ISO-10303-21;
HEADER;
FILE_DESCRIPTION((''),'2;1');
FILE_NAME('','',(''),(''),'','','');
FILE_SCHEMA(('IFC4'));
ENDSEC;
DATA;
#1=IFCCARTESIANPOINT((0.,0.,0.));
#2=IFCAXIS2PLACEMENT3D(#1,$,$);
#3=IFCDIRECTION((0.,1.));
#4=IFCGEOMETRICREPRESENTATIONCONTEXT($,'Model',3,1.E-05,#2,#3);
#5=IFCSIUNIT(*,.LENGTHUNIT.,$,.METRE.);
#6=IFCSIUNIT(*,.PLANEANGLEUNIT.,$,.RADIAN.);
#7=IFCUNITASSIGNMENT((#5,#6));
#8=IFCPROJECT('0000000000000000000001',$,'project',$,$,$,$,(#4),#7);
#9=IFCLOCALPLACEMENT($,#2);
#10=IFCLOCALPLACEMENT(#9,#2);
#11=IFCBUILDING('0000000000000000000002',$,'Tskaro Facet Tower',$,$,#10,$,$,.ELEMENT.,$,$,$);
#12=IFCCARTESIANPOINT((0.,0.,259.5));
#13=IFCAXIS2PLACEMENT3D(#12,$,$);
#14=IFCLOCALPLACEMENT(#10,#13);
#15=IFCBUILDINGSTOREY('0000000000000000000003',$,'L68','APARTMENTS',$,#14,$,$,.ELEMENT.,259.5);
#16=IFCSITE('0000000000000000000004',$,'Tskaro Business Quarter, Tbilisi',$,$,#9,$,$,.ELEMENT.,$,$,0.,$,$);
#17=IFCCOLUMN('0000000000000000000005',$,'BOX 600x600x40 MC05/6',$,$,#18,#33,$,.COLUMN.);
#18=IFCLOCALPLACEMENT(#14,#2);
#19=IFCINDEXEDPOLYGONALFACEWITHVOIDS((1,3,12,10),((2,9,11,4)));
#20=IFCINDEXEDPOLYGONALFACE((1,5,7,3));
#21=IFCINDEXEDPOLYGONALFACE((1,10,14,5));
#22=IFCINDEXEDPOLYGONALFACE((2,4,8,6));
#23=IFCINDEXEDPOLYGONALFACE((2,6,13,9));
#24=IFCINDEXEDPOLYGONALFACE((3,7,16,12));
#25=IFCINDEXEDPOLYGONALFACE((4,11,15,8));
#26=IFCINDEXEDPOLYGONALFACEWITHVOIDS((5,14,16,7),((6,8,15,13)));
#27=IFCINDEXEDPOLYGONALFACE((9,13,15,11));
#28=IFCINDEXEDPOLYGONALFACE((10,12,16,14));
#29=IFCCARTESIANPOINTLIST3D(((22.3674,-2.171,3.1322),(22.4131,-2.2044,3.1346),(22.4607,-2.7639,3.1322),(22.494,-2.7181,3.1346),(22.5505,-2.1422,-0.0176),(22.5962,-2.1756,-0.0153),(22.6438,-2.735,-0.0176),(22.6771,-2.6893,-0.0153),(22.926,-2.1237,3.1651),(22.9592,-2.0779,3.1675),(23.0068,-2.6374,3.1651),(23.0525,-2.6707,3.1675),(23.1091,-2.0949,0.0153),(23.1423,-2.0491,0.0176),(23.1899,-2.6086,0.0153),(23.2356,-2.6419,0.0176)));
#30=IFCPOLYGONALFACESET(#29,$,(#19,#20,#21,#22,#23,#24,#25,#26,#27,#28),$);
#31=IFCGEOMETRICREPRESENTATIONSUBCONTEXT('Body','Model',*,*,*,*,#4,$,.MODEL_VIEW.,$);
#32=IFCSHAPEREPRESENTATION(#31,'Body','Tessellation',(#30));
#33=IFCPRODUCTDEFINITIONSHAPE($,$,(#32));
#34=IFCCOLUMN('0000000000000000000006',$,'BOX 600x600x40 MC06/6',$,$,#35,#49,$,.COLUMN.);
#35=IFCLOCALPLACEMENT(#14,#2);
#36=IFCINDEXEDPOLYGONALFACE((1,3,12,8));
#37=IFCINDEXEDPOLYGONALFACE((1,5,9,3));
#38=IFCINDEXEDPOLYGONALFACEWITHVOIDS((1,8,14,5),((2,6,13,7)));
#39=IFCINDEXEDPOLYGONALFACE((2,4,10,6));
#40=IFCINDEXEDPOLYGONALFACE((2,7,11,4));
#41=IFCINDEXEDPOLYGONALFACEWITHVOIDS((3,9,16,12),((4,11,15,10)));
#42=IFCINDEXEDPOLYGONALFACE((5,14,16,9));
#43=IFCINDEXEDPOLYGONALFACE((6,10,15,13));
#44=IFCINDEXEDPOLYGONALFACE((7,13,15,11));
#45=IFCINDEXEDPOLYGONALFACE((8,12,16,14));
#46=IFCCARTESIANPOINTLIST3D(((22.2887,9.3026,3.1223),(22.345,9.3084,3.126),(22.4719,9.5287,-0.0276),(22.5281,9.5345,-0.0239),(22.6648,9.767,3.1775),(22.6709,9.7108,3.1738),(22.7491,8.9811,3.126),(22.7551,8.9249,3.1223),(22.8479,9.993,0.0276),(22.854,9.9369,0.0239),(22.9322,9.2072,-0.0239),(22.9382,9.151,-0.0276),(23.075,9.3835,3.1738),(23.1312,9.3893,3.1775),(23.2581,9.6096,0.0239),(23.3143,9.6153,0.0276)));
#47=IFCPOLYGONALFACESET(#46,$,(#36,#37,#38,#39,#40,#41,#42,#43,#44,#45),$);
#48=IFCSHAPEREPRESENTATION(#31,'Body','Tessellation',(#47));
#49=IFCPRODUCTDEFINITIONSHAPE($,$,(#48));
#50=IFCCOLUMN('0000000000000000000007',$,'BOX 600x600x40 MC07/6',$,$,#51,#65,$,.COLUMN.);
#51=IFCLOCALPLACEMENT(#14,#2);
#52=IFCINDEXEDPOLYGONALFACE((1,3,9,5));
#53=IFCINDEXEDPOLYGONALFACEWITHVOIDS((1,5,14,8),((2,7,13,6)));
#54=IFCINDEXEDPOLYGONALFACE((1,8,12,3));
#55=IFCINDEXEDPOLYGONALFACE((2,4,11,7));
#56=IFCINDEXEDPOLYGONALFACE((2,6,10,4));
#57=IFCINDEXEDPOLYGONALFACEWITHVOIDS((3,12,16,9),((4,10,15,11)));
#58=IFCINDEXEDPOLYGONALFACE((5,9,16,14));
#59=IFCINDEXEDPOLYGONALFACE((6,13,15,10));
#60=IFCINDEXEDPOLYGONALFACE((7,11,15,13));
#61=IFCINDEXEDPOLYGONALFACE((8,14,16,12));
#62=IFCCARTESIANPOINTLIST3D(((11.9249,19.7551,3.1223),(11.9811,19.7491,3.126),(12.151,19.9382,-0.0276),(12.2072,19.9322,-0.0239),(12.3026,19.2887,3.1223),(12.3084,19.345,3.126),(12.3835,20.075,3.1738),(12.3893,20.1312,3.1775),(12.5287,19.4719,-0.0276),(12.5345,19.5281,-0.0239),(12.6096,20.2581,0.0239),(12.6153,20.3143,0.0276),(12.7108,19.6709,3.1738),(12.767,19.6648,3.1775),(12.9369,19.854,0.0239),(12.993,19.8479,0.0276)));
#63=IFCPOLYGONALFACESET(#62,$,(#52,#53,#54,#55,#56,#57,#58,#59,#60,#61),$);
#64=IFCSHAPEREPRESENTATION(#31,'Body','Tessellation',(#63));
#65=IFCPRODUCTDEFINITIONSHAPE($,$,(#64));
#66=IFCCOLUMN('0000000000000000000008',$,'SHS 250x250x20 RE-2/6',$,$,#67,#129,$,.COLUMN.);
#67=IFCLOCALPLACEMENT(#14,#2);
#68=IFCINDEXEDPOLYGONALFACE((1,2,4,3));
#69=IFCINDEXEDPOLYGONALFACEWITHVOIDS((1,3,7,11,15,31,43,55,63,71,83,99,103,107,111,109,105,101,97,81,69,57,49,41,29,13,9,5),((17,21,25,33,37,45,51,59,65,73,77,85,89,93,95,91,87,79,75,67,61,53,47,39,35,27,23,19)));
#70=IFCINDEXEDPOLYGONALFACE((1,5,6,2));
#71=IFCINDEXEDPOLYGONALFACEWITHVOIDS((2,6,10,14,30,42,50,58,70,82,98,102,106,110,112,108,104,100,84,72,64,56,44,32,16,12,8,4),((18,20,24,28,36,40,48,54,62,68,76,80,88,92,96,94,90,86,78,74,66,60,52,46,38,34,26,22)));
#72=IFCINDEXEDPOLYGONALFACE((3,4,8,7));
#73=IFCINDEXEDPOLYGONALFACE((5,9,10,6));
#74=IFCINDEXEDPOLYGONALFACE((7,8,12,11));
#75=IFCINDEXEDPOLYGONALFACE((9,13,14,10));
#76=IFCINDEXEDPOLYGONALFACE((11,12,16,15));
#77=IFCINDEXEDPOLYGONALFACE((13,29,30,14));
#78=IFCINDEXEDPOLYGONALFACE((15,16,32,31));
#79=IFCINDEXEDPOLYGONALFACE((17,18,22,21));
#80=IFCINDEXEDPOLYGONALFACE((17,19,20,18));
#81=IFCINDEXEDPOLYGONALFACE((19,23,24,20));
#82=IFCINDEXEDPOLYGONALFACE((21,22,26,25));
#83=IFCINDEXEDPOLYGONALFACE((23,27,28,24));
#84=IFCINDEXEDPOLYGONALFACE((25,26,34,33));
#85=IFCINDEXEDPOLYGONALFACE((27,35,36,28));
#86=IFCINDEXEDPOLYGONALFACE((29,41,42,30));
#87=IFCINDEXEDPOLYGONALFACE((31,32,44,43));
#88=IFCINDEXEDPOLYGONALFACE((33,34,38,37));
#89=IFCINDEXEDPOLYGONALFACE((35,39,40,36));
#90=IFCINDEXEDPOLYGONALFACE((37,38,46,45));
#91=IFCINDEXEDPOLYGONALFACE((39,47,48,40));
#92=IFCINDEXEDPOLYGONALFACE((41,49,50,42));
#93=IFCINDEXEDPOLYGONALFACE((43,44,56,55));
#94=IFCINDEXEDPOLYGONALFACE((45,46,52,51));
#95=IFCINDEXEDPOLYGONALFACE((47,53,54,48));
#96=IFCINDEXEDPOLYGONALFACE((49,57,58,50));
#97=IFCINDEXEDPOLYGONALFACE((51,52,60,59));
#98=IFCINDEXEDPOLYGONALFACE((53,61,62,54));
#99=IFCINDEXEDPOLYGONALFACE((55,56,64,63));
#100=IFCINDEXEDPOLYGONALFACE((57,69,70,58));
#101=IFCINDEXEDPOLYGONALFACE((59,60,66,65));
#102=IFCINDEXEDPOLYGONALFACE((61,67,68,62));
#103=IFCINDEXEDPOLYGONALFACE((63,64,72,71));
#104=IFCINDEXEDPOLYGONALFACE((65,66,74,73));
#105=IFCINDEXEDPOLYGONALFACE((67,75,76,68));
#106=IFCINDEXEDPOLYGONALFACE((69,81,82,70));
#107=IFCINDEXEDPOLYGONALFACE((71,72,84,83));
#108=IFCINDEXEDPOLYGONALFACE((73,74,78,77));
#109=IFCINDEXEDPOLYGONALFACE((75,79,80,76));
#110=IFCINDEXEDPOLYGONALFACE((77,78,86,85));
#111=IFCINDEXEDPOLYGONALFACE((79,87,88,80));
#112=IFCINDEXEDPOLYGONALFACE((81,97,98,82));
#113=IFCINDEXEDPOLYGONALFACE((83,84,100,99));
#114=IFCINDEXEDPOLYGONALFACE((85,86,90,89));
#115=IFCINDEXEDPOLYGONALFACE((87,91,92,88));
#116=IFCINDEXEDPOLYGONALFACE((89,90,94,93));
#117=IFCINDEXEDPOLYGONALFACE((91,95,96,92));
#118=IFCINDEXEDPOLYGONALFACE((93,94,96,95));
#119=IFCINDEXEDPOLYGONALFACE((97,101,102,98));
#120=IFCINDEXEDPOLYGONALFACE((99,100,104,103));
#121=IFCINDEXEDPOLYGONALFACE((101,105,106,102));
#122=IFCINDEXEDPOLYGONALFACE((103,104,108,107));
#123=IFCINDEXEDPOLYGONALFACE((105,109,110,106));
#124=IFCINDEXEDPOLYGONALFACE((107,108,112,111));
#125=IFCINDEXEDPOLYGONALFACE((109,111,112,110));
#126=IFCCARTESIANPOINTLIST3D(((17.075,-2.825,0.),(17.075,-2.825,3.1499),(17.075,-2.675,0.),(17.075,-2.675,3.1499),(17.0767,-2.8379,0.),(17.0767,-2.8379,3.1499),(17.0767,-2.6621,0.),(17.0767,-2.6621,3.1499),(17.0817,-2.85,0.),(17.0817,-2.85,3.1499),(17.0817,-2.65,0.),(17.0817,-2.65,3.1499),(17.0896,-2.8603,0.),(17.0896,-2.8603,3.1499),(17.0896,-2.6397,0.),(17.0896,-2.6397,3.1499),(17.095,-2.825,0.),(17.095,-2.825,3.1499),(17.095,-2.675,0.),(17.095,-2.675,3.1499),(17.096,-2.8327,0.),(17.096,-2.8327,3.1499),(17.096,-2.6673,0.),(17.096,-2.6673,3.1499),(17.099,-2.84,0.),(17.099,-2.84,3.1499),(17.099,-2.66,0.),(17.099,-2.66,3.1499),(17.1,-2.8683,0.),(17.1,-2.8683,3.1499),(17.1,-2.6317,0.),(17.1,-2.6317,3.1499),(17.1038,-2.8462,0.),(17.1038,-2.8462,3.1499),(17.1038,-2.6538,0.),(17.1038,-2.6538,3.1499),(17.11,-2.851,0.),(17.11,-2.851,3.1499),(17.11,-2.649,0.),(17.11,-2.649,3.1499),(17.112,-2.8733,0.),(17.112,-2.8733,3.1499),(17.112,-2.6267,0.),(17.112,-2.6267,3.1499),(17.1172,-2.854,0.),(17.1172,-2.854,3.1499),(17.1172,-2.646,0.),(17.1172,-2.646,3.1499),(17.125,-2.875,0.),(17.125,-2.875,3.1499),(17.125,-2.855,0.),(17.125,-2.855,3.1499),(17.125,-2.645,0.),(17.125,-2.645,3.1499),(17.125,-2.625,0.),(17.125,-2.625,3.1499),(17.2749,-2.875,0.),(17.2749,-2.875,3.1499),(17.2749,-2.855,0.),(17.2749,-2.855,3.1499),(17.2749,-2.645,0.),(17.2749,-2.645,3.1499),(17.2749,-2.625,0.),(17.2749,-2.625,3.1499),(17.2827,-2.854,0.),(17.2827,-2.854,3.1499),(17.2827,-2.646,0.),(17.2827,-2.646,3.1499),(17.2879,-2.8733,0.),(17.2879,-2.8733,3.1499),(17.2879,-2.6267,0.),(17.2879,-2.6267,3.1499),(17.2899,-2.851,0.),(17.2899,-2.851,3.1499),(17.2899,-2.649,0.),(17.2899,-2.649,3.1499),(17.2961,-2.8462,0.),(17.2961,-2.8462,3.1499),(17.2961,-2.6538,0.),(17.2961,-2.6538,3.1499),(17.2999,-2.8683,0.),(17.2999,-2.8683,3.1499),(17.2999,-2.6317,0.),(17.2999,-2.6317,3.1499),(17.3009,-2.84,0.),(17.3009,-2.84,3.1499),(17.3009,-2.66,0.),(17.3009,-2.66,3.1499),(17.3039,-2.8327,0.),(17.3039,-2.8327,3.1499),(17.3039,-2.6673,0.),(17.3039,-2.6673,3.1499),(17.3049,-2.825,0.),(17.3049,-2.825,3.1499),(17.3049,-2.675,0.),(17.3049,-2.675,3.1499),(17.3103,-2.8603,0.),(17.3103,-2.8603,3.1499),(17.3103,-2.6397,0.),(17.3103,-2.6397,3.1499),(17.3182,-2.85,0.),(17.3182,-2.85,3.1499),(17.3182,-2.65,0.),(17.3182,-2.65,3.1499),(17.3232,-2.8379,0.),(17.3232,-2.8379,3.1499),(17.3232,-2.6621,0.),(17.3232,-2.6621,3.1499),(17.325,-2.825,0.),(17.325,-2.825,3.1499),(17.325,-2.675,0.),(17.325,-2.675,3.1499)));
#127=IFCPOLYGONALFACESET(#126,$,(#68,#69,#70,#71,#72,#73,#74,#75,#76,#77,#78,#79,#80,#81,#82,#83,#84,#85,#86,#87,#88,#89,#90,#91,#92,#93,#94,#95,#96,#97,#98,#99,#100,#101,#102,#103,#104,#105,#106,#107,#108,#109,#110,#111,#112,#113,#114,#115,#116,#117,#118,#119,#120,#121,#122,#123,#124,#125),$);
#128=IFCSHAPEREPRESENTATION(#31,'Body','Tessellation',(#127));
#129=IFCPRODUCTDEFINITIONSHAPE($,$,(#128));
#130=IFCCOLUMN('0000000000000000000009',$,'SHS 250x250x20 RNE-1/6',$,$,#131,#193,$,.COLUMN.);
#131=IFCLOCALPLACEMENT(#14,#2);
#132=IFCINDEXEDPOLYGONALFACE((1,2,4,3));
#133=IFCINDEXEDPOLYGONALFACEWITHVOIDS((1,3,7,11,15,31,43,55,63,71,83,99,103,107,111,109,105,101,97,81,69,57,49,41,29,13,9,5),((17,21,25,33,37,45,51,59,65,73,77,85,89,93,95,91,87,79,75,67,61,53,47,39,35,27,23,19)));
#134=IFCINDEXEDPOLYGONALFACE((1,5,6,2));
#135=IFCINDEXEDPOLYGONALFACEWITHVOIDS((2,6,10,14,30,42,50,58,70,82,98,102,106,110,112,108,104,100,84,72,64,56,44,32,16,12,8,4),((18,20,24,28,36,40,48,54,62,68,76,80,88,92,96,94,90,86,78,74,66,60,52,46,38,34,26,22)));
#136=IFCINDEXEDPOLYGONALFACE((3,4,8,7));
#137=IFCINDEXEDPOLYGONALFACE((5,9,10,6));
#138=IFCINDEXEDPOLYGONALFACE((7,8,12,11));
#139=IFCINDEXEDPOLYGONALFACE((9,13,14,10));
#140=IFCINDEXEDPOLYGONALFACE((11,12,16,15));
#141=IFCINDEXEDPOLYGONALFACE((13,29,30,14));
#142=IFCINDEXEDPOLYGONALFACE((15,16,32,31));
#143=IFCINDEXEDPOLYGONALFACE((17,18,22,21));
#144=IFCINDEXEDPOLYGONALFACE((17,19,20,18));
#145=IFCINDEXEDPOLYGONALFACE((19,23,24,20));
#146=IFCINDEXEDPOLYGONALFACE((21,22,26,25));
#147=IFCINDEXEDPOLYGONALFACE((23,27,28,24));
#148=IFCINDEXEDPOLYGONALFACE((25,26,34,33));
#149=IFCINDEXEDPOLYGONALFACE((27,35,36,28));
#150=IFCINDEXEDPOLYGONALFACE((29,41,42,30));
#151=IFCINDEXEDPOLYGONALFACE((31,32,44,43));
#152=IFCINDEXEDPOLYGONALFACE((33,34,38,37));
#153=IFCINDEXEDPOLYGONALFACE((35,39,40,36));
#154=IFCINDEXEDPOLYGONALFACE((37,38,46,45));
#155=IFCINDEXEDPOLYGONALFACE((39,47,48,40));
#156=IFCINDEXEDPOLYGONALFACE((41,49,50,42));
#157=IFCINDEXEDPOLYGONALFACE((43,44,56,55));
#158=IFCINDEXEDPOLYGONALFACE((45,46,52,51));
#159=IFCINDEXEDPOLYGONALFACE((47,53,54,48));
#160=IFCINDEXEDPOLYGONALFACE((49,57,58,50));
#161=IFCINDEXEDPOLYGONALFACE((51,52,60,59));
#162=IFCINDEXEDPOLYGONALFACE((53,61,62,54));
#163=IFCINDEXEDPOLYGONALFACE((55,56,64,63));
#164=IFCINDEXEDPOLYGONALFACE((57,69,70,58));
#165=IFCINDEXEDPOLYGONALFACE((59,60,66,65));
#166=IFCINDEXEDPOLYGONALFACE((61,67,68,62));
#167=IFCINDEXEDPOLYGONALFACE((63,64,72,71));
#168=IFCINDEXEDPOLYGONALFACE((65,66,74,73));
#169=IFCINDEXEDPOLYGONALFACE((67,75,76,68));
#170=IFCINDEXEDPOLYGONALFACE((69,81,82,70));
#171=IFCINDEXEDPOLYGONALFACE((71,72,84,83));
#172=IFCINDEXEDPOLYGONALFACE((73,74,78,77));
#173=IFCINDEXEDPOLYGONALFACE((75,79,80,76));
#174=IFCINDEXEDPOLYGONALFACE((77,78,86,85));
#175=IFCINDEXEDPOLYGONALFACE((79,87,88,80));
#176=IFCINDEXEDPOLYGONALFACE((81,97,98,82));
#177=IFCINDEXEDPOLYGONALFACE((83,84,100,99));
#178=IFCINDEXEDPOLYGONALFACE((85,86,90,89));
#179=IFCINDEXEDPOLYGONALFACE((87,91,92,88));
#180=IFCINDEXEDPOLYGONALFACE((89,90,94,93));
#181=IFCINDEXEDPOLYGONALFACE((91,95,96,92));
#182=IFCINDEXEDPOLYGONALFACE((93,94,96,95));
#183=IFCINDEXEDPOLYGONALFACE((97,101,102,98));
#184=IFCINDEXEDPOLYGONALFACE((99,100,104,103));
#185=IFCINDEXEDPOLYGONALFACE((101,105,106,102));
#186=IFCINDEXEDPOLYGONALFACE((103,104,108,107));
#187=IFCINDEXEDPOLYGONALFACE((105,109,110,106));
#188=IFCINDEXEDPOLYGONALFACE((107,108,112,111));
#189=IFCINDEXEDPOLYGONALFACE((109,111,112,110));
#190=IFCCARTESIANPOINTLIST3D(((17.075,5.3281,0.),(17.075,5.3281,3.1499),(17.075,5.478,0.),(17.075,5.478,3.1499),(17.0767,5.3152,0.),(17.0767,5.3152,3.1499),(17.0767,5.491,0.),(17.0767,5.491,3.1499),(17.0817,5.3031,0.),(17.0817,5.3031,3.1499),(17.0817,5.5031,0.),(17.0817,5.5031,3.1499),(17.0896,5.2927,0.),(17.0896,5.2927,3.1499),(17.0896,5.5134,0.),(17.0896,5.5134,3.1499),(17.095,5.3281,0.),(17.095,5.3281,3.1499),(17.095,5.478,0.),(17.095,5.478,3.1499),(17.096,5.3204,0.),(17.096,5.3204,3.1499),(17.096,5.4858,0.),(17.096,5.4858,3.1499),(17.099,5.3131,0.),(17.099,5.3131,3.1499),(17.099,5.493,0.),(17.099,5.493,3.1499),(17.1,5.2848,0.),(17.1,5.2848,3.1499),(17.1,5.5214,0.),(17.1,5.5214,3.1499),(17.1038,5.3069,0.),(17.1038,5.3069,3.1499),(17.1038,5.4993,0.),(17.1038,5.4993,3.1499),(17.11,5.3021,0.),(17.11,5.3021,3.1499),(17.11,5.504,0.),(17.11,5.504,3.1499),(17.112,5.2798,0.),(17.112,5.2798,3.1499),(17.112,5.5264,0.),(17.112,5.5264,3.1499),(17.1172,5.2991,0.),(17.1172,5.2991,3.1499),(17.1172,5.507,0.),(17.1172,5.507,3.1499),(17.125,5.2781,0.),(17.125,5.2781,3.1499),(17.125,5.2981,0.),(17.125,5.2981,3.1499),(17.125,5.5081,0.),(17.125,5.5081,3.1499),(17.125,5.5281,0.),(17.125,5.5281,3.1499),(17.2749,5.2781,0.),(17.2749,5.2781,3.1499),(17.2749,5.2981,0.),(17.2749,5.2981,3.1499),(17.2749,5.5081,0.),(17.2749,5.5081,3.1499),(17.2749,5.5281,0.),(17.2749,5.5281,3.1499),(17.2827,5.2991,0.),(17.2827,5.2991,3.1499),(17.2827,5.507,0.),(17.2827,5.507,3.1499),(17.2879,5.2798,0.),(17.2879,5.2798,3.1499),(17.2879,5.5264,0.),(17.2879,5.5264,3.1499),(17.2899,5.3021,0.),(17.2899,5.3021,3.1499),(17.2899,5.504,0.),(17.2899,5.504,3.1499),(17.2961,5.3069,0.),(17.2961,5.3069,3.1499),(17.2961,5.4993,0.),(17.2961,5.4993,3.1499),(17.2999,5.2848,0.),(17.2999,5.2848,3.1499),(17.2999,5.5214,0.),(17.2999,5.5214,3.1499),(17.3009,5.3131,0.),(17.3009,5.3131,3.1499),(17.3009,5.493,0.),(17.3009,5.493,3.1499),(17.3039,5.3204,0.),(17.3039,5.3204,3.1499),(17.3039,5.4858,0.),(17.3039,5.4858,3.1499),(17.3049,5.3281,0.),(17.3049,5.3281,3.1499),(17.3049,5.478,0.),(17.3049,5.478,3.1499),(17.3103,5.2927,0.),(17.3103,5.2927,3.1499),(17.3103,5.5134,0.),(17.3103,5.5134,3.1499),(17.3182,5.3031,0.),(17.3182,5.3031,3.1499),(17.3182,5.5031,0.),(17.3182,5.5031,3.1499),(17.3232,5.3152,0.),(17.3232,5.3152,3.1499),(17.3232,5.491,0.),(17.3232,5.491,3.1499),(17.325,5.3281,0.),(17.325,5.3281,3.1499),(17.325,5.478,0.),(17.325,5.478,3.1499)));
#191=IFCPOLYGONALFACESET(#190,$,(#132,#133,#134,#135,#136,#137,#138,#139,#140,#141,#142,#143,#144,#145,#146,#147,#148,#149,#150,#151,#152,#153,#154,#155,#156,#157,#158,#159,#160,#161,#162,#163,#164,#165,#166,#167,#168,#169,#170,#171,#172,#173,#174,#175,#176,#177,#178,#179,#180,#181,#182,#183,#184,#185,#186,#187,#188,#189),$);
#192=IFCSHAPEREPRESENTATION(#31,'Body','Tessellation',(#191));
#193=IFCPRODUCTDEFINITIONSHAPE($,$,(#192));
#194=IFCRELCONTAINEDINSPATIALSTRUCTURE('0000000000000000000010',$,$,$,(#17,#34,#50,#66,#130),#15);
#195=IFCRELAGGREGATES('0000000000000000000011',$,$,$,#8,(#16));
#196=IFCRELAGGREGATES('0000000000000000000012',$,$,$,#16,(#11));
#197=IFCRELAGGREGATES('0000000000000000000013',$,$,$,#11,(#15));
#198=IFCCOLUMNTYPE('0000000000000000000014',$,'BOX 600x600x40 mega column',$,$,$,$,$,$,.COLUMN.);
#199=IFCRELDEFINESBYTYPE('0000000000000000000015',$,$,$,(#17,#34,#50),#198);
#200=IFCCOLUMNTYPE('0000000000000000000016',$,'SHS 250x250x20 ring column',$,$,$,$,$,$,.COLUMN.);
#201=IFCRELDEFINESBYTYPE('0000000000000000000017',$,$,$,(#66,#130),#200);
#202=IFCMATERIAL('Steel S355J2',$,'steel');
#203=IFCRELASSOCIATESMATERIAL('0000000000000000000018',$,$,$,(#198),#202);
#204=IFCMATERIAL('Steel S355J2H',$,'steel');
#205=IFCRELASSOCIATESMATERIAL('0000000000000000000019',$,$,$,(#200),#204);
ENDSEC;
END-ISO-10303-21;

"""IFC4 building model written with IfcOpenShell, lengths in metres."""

from ifc_helpers import new_model, si_unit, direction, frame, origin, origin_2d, place, context, subcontext, project, spatial, hollow_rectangle, extrude, material, material_profile, profile_set, type_object, element, save


model = new_model("IFC4")

# Units and contexts
model_context = context("Model", 3, precision=1e-05, world=origin(), true_north=direction((0.0, 1.0)))
body_context = subcontext(model_context, "Body", "Model", "MODEL_VIEW")
ifc_project = project(units=[si_unit("LENGTHUNIT", "METRE"), si_unit("PLANEANGLEUNIT", "RADIAN")], contexts=[model_context])

# Site, building, storey
site_placement = place(None, origin())
site = spatial("IfcSite", under=ifc_project, at=site_placement, Name="Tskaro Business Quarter, Tbilisi", CompositionType="ELEMENT", RefElevation=0.0)
building_placement = place(site_placement, origin())
building = spatial("IfcBuilding", under=site, at=building_placement, Name="Tskaro Facet Tower", CompositionType="ELEMENT")
storey_placement = place(building_placement, frame((0.0, 0.0, 259.5)))
storey = spatial("IfcBuildingStorey", under=building, at=storey_placement, Name="L68", Description="APARTMENTS", CompositionType="ELEMENT", Elevation=259.5)

# Columns
ifc_material_1 = material(Name="Steel S355J2", Category="steel")
ifc_material_profile_1 = material_profile(ifc_material_1, hollow_rectangle(XDim=0.6001, YDim=0.6001, WallThickness=0.04, at=origin_2d()), Name="BOX 600x600x40")
ifc_profile_set_1 = profile_set([ifc_material_profile_1], Name="Steel S355J2")
column_type_1 = type_object("IfcColumnType", Name="BOX 600x600x40 mega column", PredefinedType="COLUMN", material=ifc_profile_set_1)
column_placement = place(storey_placement, frame((22.8931, -2.3921, 0.0), z_axis=(-0.05803, -0.00913, 0.998273), x_axis=(0.155421, -0.987848, 0.0)))
element("IfcColumn", 1, at=column_placement, inside=storey, type_object=column_type_1, Name="BOX 600x600x40 MC05/6", PredefinedType="COLUMN", context=body_context, shape_type="SweptSolid", body=[
    extrude(hollow_rectangle(XDim=0.6001, YDim=0.6001, WallThickness=0.04, at=origin_2d()), origin(), (0.0, 0.0, 1.0), 3.1553),
])
for number, where, z_axis, x_axis, name in (
    (2, (22.8931, 9.572, 0.0), (-0.057884, -0.071468, 0.995762), (0.777089, -0.629391, 0.0), "BOX 600x600x40 MC06/6"),
    (3, (12.572, 19.8931, 0.0), (-0.071468, -0.057884, 0.995762), (0.629391, -0.777089, 0.0), "BOX 600x600x40 MC07/6"),
):
    element("IfcColumn", number, at=place(storey_placement, frame(where, z_axis=z_axis, x_axis=x_axis)), inside=storey, type_object=column_type_1, Name=name, PredefinedType="COLUMN", context=body_context, shape_type="SweptSolid", body=[
        extrude(hollow_rectangle(XDim=0.6001, YDim=0.6001, WallThickness=0.04, at=origin_2d()), origin(), (0.0, 0.0, 1.0), 3.1633),
    ])
ifc_material_2 = material(Name="Steel S355J2H", Category="steel")
ifc_material_profile_2 = material_profile(ifc_material_2, hollow_rectangle(XDim=0.25, YDim=0.25, WallThickness=0.02, InnerFilletRadius=0.03, OuterFilletRadius=0.05, at=origin_2d()), Name="SHS 250x250x20")
ifc_profile_set_2 = profile_set([ifc_material_profile_2], Name="Steel S355J2H")
column_type_2 = type_object("IfcColumnType", Name="SHS 250x250x20 ring column", PredefinedType="COLUMN", material=ifc_profile_set_2)
for number, where, z_axis, x_axis, name in (
    (4, (17.2, -2.75, 0.0), (0.0, 0.0, 1.0), (1.0, 0.0, 0.0), "SHS 250x250x20 RE-2/6"),
    (5, (17.2, 5.4031, 0.0), (0.0, 0.0, 1.0), (1.0, 0.0, 0.0), "SHS 250x250x20 RNE-1/6"),
):
    element("IfcColumn", number, at=place(storey_placement, frame(where, z_axis=z_axis, x_axis=x_axis)), inside=storey, type_object=column_type_2, Name=name, PredefinedType="COLUMN", context=body_context, shape_type="SweptSolid", body=[
        extrude(hollow_rectangle(XDim=0.25, YDim=0.25, WallThickness=0.02, InnerFilletRadius=0.03, OuterFilletRadius=0.05, at=origin_2d()), origin(), (0.0, 0.0, 1.0), 3.1499),
    ])

save(model, "model.ifc")
